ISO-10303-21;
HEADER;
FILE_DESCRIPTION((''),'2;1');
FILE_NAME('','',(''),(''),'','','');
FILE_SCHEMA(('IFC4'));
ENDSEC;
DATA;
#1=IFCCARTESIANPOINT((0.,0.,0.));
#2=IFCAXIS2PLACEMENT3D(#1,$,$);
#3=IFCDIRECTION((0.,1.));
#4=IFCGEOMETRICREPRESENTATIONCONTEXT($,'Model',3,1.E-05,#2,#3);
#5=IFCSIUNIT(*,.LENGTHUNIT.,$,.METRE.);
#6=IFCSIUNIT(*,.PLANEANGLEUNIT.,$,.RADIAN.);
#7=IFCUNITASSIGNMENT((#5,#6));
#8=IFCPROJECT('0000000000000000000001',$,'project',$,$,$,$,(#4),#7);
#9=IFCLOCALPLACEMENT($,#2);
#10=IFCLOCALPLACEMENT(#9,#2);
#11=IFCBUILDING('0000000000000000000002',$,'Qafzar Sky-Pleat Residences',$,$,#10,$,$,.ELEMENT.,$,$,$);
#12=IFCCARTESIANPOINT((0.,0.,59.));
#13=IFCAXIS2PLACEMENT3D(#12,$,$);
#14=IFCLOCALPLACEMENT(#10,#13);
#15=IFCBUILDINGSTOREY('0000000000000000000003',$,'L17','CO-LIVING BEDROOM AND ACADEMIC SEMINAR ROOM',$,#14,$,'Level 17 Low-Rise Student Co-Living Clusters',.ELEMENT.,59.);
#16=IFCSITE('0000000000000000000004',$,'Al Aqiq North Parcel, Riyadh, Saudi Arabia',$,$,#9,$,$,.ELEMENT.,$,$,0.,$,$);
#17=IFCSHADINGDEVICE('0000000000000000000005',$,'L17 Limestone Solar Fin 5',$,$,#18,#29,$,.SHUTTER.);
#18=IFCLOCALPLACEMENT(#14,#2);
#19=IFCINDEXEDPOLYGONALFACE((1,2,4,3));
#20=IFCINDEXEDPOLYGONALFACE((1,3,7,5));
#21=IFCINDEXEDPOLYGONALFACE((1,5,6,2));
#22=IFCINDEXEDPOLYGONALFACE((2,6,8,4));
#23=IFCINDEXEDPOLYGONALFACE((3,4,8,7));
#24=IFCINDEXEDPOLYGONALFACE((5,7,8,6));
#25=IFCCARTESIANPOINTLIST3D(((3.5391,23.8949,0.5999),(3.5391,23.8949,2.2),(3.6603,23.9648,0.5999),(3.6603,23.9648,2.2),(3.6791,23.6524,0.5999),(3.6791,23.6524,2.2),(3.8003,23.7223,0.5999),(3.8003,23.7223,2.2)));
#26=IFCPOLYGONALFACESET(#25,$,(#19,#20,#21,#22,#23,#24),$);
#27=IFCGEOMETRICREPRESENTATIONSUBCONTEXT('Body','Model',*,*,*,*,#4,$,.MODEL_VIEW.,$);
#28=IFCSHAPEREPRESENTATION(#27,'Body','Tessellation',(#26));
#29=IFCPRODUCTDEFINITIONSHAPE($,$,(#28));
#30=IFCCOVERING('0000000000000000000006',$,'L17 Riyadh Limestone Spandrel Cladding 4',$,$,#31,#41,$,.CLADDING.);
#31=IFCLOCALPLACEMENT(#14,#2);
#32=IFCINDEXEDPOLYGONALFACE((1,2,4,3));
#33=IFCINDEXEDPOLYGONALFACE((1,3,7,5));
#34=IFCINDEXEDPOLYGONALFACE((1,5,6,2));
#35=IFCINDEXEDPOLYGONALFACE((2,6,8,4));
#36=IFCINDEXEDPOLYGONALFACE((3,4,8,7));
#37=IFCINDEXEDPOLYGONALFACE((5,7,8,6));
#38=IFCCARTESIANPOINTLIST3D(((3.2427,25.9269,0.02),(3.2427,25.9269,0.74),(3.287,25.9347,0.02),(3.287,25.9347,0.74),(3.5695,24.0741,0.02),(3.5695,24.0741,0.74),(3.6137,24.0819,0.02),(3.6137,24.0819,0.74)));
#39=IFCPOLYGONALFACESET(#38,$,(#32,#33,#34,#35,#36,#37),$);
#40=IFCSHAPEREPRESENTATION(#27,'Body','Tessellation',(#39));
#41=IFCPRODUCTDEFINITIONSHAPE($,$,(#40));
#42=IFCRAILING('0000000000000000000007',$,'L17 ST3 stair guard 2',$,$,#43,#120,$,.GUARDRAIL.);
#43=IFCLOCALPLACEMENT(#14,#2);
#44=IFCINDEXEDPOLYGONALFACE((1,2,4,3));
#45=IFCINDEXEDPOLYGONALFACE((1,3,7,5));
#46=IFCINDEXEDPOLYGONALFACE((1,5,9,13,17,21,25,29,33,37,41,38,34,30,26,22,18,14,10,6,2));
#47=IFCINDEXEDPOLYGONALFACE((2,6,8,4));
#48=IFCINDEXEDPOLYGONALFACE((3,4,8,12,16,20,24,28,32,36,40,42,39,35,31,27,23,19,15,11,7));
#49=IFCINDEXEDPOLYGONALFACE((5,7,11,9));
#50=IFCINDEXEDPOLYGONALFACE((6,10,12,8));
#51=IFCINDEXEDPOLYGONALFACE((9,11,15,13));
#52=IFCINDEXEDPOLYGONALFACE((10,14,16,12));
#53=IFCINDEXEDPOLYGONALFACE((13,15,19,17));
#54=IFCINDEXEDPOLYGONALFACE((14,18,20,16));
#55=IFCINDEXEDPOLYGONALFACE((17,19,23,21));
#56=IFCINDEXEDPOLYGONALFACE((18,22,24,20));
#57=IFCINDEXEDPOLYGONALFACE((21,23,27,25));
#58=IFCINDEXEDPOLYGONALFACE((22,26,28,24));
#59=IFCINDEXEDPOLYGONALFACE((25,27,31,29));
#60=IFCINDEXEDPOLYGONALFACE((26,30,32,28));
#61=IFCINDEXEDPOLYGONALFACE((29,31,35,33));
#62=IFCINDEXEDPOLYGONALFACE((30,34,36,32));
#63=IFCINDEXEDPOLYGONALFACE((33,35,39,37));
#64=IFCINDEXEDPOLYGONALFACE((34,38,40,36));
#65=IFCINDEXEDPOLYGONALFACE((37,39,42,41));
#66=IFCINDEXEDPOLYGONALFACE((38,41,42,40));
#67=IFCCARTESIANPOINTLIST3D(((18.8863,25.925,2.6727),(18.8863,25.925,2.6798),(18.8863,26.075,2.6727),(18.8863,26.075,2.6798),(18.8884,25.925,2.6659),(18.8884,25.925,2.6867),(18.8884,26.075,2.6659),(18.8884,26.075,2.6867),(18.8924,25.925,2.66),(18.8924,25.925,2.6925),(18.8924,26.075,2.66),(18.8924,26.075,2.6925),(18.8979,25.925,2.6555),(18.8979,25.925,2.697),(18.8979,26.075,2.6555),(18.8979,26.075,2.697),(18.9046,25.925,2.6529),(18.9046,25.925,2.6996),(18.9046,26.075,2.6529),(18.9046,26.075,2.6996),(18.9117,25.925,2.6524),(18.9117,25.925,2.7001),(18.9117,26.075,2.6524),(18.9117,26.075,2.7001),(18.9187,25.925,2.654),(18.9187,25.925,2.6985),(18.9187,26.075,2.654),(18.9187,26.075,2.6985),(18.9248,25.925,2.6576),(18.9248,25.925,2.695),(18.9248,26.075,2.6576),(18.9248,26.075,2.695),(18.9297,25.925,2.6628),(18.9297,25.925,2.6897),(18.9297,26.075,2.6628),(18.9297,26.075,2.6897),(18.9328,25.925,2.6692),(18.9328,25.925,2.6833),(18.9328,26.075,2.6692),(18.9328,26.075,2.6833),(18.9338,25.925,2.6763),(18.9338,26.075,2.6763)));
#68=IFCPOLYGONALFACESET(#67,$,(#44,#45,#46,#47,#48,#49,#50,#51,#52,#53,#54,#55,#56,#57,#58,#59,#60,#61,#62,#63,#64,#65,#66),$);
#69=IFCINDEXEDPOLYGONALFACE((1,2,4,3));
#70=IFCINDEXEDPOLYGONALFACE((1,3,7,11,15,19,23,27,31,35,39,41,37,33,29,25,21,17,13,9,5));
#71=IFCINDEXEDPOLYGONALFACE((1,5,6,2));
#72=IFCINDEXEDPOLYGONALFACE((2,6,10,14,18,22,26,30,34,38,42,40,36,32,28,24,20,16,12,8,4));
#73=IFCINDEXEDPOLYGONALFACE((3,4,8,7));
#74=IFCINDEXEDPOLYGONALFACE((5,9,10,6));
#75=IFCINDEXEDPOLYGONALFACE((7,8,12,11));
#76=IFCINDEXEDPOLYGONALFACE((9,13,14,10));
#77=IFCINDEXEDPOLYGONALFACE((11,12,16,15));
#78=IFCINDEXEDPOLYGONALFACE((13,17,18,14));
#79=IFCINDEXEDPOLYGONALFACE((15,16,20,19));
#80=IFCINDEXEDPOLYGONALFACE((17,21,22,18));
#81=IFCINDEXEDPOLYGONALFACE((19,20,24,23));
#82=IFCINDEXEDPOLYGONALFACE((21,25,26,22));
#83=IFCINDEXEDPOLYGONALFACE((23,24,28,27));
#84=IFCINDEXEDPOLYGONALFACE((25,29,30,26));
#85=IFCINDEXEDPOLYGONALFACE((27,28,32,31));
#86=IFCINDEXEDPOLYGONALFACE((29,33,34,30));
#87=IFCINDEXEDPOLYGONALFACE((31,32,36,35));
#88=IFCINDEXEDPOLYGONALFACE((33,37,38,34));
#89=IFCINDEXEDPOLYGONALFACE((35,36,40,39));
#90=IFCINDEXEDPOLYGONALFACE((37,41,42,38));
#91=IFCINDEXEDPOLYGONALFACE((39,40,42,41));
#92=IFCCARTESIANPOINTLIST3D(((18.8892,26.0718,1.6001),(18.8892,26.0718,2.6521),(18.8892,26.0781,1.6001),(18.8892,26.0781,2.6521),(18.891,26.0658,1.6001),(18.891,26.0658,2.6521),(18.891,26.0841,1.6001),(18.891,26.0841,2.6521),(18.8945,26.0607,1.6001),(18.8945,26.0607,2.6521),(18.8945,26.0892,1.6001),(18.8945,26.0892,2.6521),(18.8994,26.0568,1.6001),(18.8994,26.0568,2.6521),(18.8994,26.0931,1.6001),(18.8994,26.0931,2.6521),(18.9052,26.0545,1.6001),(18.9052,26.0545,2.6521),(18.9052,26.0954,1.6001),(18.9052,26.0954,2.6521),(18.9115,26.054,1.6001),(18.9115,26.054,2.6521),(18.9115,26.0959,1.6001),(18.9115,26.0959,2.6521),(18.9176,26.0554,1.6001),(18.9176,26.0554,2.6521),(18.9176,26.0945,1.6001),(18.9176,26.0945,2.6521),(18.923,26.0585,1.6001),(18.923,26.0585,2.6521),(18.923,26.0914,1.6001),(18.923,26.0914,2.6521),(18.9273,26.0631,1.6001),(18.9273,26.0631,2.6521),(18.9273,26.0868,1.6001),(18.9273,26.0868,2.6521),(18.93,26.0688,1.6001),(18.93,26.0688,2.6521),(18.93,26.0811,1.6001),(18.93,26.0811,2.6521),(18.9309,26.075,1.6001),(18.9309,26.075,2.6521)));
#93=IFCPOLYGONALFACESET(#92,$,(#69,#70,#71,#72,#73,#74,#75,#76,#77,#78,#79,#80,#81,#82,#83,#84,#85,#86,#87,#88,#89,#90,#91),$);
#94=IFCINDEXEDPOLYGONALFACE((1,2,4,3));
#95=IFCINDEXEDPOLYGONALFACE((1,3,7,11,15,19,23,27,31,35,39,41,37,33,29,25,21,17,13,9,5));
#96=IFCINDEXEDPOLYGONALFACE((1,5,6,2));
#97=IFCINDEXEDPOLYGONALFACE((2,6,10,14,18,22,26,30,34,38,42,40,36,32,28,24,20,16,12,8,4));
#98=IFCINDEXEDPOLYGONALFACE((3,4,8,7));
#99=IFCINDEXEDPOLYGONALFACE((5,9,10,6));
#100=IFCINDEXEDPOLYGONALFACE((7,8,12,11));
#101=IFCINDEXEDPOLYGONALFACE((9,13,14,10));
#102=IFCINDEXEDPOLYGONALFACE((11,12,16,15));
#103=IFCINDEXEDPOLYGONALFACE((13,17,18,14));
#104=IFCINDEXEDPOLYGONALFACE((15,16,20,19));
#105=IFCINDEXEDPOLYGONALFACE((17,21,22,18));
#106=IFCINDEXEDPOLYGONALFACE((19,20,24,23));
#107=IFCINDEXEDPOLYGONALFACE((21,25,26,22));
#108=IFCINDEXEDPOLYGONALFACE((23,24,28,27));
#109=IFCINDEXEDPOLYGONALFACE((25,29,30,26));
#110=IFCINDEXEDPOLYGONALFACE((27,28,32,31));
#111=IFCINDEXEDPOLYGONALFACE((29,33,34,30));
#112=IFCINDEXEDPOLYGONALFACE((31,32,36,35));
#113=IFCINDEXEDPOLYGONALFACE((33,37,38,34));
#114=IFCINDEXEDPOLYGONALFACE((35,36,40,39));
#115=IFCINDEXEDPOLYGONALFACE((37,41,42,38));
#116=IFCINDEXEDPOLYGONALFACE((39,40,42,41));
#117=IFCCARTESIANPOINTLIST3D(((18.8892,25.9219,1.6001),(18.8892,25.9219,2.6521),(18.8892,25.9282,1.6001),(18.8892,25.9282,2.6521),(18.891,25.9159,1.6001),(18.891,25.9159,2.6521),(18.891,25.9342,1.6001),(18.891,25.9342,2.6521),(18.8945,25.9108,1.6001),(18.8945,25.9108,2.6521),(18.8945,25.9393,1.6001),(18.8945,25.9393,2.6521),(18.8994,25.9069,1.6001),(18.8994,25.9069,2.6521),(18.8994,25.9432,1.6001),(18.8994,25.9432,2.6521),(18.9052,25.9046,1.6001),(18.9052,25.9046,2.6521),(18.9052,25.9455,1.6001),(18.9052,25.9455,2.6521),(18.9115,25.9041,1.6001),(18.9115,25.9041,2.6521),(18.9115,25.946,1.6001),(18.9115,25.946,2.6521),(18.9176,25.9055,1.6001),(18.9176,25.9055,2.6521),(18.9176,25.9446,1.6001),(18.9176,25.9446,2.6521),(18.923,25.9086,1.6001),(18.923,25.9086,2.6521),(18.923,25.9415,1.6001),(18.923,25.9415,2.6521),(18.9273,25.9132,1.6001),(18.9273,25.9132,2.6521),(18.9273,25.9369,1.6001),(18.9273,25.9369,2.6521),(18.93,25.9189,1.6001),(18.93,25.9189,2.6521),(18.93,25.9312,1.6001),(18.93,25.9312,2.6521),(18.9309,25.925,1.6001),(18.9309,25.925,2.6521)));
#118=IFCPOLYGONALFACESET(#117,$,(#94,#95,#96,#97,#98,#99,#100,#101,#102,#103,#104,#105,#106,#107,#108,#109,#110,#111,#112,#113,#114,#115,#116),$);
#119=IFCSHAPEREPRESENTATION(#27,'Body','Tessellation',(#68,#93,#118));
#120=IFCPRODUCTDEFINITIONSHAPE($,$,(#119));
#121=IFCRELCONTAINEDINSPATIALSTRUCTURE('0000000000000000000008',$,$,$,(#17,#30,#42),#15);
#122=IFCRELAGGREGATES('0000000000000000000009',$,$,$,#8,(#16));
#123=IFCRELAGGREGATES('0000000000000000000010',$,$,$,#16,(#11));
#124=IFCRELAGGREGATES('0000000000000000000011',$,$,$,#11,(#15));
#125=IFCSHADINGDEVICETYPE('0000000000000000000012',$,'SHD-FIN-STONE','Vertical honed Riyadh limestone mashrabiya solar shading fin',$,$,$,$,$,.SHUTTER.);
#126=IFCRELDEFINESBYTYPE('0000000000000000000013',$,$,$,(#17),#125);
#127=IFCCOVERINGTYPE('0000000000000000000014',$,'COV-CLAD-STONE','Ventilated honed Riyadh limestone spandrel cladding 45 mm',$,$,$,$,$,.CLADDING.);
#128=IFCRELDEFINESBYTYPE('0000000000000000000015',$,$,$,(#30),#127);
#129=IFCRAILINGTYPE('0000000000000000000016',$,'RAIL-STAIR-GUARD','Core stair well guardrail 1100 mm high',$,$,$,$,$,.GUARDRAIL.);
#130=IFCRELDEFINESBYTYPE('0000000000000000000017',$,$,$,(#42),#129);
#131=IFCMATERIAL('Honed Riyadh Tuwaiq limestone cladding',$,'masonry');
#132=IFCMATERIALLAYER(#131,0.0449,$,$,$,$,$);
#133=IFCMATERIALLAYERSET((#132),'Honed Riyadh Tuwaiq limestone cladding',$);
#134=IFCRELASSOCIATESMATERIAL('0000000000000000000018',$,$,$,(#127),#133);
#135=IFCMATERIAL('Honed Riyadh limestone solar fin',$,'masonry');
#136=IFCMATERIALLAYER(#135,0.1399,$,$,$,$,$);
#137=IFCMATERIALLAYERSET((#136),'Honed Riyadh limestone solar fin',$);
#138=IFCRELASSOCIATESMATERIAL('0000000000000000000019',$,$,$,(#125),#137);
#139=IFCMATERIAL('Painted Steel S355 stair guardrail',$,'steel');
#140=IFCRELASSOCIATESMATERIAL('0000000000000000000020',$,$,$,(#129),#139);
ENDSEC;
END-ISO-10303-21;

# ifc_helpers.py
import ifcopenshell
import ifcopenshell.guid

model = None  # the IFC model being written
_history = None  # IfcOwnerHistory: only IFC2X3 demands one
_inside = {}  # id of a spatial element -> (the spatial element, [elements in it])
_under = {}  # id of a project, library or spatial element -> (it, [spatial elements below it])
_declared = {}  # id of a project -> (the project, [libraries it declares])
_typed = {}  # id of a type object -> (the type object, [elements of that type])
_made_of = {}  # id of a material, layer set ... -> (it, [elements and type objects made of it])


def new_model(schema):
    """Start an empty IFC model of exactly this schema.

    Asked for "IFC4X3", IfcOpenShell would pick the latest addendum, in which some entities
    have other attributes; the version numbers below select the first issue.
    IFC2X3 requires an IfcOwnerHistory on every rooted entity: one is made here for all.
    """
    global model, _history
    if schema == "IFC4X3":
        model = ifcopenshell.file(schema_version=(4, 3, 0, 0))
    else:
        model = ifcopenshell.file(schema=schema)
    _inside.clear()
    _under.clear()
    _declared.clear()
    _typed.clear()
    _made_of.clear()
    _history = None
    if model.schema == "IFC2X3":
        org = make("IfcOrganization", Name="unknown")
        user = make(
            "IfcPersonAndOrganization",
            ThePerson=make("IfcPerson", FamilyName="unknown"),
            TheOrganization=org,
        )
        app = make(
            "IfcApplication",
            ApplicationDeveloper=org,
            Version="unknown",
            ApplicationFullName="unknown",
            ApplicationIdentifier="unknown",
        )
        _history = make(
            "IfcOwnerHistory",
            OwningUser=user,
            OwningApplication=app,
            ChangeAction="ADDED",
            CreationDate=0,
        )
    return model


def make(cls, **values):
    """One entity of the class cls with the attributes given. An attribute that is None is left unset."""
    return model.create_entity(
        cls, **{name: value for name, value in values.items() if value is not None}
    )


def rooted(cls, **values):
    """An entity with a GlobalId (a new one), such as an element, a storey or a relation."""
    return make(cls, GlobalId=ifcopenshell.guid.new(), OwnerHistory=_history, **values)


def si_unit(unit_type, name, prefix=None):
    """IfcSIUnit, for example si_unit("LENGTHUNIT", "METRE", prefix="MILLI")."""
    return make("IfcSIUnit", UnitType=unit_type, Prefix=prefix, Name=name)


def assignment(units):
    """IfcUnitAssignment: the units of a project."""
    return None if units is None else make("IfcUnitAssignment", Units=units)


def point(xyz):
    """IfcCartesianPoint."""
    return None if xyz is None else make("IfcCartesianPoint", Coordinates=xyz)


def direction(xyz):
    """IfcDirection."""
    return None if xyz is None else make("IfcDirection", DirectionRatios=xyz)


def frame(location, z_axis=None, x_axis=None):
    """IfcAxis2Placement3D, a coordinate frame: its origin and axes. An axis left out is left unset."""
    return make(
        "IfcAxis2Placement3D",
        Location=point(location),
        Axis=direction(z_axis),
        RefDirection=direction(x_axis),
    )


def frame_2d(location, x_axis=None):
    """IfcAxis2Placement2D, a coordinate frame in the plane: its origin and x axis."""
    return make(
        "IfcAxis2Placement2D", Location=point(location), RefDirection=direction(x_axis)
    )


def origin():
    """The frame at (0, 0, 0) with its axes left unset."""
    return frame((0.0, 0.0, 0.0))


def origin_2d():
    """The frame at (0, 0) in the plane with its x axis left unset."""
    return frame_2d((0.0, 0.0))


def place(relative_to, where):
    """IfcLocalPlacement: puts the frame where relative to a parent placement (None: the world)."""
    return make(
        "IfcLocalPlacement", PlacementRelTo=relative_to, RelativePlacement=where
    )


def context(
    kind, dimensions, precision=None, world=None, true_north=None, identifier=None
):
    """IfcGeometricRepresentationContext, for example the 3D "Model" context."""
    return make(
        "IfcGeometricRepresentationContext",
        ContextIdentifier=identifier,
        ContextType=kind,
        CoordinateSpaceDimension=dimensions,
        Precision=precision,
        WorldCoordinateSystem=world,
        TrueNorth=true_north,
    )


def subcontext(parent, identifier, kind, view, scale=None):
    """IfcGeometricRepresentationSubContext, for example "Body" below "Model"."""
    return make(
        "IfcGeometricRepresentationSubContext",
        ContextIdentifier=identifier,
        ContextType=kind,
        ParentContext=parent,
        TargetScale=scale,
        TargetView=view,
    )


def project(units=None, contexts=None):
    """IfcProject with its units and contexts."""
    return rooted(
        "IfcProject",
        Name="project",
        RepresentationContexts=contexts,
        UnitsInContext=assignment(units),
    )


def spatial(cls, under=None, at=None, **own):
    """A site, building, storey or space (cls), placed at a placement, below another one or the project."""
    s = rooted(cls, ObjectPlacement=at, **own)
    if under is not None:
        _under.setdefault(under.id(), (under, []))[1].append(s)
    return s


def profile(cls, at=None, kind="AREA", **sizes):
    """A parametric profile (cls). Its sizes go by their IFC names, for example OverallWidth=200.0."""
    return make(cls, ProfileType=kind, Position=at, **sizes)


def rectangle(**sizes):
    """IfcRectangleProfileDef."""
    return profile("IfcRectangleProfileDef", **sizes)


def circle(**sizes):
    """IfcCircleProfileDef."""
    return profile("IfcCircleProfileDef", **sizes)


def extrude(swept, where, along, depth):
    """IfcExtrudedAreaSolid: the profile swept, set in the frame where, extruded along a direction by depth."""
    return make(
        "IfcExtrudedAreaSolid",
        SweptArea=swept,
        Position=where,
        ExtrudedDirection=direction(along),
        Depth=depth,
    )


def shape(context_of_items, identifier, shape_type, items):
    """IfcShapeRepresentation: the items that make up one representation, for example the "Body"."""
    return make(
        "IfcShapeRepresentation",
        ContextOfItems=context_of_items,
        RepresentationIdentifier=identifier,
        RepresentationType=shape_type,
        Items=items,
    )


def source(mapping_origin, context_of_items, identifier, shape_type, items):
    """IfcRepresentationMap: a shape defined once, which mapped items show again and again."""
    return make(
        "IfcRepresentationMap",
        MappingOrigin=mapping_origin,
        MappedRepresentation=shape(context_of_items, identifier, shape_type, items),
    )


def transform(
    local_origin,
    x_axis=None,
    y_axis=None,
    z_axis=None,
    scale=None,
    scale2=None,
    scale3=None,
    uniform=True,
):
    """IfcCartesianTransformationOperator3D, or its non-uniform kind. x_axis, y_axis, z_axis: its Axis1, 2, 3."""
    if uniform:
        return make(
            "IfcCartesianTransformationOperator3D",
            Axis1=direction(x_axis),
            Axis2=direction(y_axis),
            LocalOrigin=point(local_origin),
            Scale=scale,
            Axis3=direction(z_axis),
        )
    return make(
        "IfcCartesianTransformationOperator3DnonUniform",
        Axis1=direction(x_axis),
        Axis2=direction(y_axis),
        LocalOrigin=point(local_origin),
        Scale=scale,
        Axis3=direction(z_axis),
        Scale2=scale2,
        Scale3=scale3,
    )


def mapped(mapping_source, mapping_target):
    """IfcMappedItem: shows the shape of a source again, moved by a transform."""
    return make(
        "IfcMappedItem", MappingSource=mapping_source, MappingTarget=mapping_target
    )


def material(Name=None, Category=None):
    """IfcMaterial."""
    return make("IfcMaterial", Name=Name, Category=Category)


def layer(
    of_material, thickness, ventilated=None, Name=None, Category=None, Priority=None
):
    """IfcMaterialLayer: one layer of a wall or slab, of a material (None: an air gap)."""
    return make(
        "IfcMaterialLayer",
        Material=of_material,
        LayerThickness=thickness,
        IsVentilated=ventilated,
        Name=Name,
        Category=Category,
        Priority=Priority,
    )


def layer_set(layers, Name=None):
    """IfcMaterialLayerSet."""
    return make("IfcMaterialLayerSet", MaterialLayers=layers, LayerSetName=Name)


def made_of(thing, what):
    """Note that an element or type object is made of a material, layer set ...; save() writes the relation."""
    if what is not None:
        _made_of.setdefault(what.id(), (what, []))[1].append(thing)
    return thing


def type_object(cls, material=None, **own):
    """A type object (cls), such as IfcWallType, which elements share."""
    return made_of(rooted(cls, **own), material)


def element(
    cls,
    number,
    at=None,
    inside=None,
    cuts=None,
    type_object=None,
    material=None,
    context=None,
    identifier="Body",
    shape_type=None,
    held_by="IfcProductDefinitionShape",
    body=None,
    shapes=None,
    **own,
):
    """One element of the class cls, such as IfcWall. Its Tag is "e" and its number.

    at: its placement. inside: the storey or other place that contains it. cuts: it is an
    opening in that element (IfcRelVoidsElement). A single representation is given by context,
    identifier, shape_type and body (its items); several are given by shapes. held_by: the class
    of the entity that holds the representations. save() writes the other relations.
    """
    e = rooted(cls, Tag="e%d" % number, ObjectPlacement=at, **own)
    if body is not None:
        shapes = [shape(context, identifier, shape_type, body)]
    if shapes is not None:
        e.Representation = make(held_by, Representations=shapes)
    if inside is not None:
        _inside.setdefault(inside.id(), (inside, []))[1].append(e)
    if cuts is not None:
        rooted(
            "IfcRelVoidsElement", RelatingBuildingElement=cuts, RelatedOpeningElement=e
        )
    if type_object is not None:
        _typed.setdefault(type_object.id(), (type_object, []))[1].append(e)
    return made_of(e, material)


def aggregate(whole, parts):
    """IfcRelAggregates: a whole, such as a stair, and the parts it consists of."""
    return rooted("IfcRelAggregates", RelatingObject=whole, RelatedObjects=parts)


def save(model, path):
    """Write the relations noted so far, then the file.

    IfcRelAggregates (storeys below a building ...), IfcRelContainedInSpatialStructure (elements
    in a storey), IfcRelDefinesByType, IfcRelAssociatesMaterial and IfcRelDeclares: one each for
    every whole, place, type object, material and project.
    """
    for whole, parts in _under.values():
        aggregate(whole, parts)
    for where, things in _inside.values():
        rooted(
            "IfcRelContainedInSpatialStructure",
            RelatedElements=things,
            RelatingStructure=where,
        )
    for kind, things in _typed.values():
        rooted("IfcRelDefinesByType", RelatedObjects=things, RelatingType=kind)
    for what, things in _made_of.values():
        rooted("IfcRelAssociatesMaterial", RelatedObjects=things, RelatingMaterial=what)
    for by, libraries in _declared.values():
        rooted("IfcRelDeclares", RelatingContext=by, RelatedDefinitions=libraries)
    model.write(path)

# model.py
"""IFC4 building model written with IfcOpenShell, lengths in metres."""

from ifc_helpers import new_model, si_unit, direction, frame, origin, origin_2d, place, context, subcontext, project, spatial, rectangle, circle, extrude, source, transform, mapped, material, layer, layer_set, type_object, element, save


model = new_model("IFC4")

# Units and contexts
model_context = context("Model", 3, precision=1e-05, world=origin(), true_north=direction((0.0, 1.0)))
body_context = subcontext(model_context, "Body", "Model", "MODEL_VIEW")
ifc_project = project(units=[si_unit("LENGTHUNIT", "METRE"), si_unit("PLANEANGLEUNIT", "RADIAN")], contexts=[model_context])

# Site, building, storey
site_placement = place(None, origin())
site = spatial("IfcSite", under=ifc_project, at=site_placement, Name="Al Aqiq North Parcel, Riyadh, Saudi Arabia", CompositionType="ELEMENT", RefElevation=0.0)
building_placement = place(site_placement, origin())
building = spatial("IfcBuilding", under=site, at=building_placement, Name="Qafzar Sky-Pleat Residences", CompositionType="ELEMENT")
storey_placement = place(building_placement, frame((0.0, 0.0, 59.0)))
storey = spatial("IfcBuildingStorey", under=building, at=storey_placement, Name="L17", Description="CO-LIVING BEDROOM AND ACADEMIC SEMINAR ROOM", LongName="Level 17 Low-Rise Student Co-Living Clusters", CompositionType="ELEMENT", Elevation=59.0)

# Shared definitions
ifc_material_1 = material(Name="Honed Riyadh Tuwaiq limestone cladding", Category="masonry")
ifc_layer_1 = layer(ifc_material_1, 0.0449)
ifc_layer_set_1 = layer_set([ifc_layer_1], Name="Honed Riyadh Tuwaiq limestone cladding")
covering_type = type_object("IfcCoveringType", Name="COV-CLAD-STONE", Description="Ventilated honed Riyadh limestone spandrel cladding 45 mm", PredefinedType="CLADDING", material=ifc_layer_set_1)

# Shading device
ifc_material_2 = material(Name="Honed Riyadh limestone solar fin", Category="masonry")
ifc_layer_2 = layer(ifc_material_2, 0.1399)
ifc_layer_set_2 = layer_set([ifc_layer_2], Name="Honed Riyadh limestone solar fin")
shading_device_type = type_object("IfcShadingDeviceType", Name="SHD-FIN-STONE", Description="Vertical honed Riyadh limestone mashrabiya solar shading fin", PredefinedType="SHUTTER", material=ifc_layer_set_2)
shared_shape_1 = source(origin(), body_context, "Body", "SweptSolid", [
    extrude(rectangle(XDim=0.1399, YDim=0.28, at=origin_2d()), origin(), (0.0, 0.0, 1.0), 1.6001),
])
shading_device_placement = place(storey_placement, frame((3.6697, 23.8086, 0.5999), z_axis=(0.0, 0.0, 1.0), x_axis=(-0.866044, -0.499967, 0.0)))
element("IfcShadingDevice", 1, at=shading_device_placement, inside=storey, type_object=shading_device_type, Name="L17 Limestone Solar Fin 5", PredefinedType="SHUTTER", context=body_context, shape_type="MappedRepresentation", body=[
    mapped(shared_shape_1, transform((0.0, 0.0, 0.0), x_axis=(1.0, 0.0, 0.0), y_axis=(0.0, 1.0, 0.0), z_axis=(0.0, 0.0, 1.0), scale=1.0)),
])

# Covering
shared_shape_2 = source(origin(), body_context, "Body", "SweptSolid", [
    extrude(rectangle(XDim=1.8813, YDim=0.0449, at=origin_2d()), origin(), (0.0, 0.0, 1.0), 0.72),
])
covering_1_placement = place(storey_placement, frame((3.4282, 25.0044, 0.02), z_axis=(0.0, 0.0, 1.0), x_axis=(0.173663, -0.984805, 0.0)))
element("IfcCovering", 2, at=covering_1_placement, inside=storey, type_object=covering_type, Name="L17 Riyadh Limestone Spandrel Cladding 4", PredefinedType="CLADDING", context=body_context, shape_type="MappedRepresentation", body=[
    mapped(shared_shape_2, transform((0.0, 0.0, 0.0), x_axis=(1.0, 0.0, 0.0), y_axis=(0.0, 1.0, 0.0), z_axis=(0.0, 0.0, 1.0), scale=1.0)),
])

# Railing
ifc_material_3 = material(Name="Painted Steel S355 stair guardrail", Category="steel")
railing_type_1 = type_object("IfcRailingType", Name="RAIL-STAIR-GUARD", Description="Core stair well guardrail 1100 mm high", PredefinedType="GUARDRAIL", material=ifc_material_3)
shared_shape_3 = source(origin(), body_context, "Body", "SweptSolid", [
    extrude(circle(Radius=0.0239, at=origin_2d()), frame((0.0, 0.0, 1.0762), z_axis=(0.0, -1.0, 0.0), x_axis=(1.0, 0.0, 0.0)), (0.0, 0.0, 1.0), 0.1499),
    extrude(circle(Radius=0.021, at=origin_2d()), origin(), (0.0, 0.0, 1.0), 1.052),
    extrude(circle(Radius=0.021, at=origin_2d()), frame((0.0, -0.1499, 0.0)), (0.0, 0.0, 1.0), 1.052),
])
railing_1_placement = place(storey_placement, frame((18.9099, 26.075, 1.6001)))
element("IfcRailing", 3, at=railing_1_placement, inside=storey, type_object=railing_type_1, Name="L17 ST3 stair guard 2", PredefinedType="GUARDRAIL", context=body_context, shape_type="MappedRepresentation", body=[
    mapped(shared_shape_3, transform((0.0, 0.0, 0.0), x_axis=(1.0, 0.0, 0.0), y_axis=(0.0, 1.0, 0.0), z_axis=(0.0, 0.0, 1.0), scale=1.0)),
])

save(model, "model.ifc")
